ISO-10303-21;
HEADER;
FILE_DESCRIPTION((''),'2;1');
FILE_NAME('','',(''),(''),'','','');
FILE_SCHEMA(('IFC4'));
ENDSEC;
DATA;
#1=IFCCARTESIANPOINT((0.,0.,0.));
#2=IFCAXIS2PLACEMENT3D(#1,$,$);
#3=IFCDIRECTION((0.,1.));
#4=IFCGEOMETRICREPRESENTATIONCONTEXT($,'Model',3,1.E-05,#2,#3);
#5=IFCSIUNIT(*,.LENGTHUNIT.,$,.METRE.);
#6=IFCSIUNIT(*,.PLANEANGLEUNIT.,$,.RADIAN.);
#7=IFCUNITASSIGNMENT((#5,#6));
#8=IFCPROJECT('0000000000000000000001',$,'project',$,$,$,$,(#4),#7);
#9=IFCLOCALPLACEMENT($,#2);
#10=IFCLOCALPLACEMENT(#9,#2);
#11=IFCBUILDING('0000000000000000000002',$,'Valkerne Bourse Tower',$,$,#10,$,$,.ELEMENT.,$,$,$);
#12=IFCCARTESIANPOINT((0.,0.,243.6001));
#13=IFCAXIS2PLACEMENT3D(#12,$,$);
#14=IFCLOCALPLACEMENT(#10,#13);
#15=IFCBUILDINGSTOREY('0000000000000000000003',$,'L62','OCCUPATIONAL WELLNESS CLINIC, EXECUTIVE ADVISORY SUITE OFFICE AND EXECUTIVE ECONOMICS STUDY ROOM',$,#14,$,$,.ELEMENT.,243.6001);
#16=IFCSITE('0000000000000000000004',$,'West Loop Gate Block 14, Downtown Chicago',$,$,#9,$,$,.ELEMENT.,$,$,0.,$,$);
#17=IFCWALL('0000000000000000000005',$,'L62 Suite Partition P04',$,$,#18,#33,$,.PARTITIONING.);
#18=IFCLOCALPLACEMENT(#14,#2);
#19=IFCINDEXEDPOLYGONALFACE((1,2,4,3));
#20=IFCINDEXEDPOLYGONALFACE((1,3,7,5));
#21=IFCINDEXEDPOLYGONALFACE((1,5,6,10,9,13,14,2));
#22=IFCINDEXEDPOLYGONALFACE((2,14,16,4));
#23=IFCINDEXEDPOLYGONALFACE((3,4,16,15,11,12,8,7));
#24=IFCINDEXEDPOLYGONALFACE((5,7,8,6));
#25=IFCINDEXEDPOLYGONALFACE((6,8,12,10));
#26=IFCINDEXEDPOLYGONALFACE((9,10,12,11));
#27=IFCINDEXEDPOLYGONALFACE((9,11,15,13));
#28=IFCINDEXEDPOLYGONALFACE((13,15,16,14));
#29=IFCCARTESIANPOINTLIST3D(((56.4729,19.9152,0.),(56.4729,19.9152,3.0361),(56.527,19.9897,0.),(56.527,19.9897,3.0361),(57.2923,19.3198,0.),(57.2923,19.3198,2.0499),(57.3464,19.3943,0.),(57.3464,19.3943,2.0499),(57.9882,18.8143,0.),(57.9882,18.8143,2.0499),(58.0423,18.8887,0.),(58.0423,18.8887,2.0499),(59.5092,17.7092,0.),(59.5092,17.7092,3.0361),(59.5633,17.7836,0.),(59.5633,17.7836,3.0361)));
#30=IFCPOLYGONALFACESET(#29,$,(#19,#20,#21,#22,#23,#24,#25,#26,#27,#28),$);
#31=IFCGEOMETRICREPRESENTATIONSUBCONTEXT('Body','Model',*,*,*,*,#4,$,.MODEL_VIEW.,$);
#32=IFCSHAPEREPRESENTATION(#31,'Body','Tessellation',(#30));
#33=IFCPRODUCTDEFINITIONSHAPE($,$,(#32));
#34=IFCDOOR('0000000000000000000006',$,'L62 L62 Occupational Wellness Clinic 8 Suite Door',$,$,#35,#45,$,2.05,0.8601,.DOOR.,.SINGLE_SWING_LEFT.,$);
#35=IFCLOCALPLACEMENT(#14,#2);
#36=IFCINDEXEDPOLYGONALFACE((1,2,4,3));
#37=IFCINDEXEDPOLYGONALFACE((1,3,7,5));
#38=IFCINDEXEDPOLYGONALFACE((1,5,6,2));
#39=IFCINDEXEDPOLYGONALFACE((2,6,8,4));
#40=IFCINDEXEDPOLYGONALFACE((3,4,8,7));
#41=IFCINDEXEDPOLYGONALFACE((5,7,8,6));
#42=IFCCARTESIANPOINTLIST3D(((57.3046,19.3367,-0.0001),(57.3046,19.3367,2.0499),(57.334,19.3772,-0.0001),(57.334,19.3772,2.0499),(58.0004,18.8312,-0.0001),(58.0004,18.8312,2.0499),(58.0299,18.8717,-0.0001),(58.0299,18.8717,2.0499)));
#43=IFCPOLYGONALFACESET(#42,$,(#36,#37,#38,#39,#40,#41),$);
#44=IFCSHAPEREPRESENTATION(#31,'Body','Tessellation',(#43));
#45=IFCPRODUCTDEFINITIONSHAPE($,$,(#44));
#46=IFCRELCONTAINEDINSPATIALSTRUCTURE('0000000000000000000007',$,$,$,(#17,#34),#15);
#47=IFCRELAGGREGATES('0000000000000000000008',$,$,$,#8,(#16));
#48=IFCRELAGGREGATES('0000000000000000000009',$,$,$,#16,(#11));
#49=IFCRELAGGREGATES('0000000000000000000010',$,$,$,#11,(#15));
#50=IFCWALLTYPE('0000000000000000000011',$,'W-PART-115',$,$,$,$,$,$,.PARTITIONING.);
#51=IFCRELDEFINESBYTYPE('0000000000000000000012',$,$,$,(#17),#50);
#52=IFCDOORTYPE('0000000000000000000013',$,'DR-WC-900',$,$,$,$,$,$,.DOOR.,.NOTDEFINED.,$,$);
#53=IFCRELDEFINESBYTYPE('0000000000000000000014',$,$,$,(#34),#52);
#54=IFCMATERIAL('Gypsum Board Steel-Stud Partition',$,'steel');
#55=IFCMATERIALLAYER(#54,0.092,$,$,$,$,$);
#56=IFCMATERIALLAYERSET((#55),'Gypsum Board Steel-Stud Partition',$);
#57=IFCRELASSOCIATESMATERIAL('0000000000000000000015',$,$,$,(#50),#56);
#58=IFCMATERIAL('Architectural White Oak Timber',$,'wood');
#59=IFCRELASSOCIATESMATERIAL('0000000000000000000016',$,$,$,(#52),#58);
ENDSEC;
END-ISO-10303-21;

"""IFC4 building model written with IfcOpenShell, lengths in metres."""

from ifc_helpers import new_model, si_unit, direction, frame, frame_2d, origin, place, context, subcontext, project, spatial, rectangle, extrude, material, layer, layer_set, type_object, element, fill, save


model = new_model("IFC4")

# Units and contexts
model_context = context("Model", 3, precision=1e-05, world=origin(), true_north=direction((0.0, 1.0)))
body_context = subcontext(model_context, "Body", "Model", "MODEL_VIEW")
ifc_project = project(units=[si_unit("LENGTHUNIT", "METRE"), si_unit("PLANEANGLEUNIT", "RADIAN")], contexts=[model_context])

# Site, building, storey
site_placement = place(None, origin())
site = spatial("IfcSite", under=ifc_project, at=site_placement, Name="West Loop Gate Block 14, Downtown Chicago", CompositionType="ELEMENT", RefElevation=0.0)
building_placement = place(site_placement, origin())
building = spatial("IfcBuilding", under=site, at=building_placement, Name="Valkerne Bourse Tower", CompositionType="ELEMENT")
storey_placement = place(building_placement, frame((0.0, 0.0, 243.6001)))
storey = spatial("IfcBuildingStorey", under=building, at=storey_placement, Name="L62", Description="OCCUPATIONAL WELLNESS CLINIC, EXECUTIVE ADVISORY SUITE OFFICE AND EXECUTIVE ECONOMICS STUDY ROOM", CompositionType="ELEMENT", Elevation=243.6001)

# Wall, opening, door
ifc_material_1 = material(Name="Gypsum Board Steel-Stud Partition", Category="steel")
ifc_layer_1 = layer(ifc_material_1, 0.092)
ifc_layer_set_1 = layer_set([ifc_layer_1], Name="Gypsum Board Steel-Stud Partition")
wall_type = type_object("IfcWallType", Name="W-PART-115", PredefinedType="PARTITIONING", material=ifc_layer_set_1)
wall_placement = place(storey_placement, frame((56.5, 19.9524, 0.0), z_axis=(0.0, 0.0, 1.0), x_axis=(0.809017, -0.587785, 0.0)))
wall = element("IfcWall", 1, at=wall_placement, inside=storey, type_object=wall_type, Name="L62 Suite Partition P04", PredefinedType="PARTITIONING", context=body_context, shape_type="SweptSolid", body=[
    extrude(rectangle(XDim=3.7532, YDim=0.092, at=frame_2d((1.8765, 0.0))), origin(), (0.0, 0.0, 1.0), 3.0361),
])
opening_placement = place(wall_placement, frame((1.0127, 0.0, 0.0)))
opening = element("IfcOpeningElement", 2, at=opening_placement, cuts=wall, PredefinedType="OPENING", context=body_context, shape_type="SweptSolid", body=[
    extrude(rectangle(XDim=0.8601, YDim=2.05, at=frame_2d((0.4302, 1.0249))), frame((0.0, 0.0559, 0.0), z_axis=(0.0, -1.0, 0.0), x_axis=(1.0, 0.0, 0.0)), (0.0, 0.0, 1.0), 0.1121),
])
ifc_material_2 = material(Name="Architectural White Oak Timber", Category="wood")
door_type = type_object("IfcDoorType", Name="DR-WC-900", OperationType="NOTDEFINED", PredefinedType="DOOR", material=ifc_material_2)
door_placement = place(opening_placement, origin())
door = element("IfcDoor", 3, at=door_placement, inside=storey, type_object=door_type, Name="L62 L62 Occupational Wellness Clinic 8 Suite Door", OperationType="SINGLE_SWING_LEFT", OverallHeight=2.05, OverallWidth=0.8601, PredefinedType="DOOR", context=body_context, shape_type="SweptSolid", body=[
    extrude(rectangle(XDim=0.8601, YDim=2.05, at=frame_2d((0.4302, 1.0249))), frame((0.0, 0.0249, 0.0), z_axis=(0.0, -1.0, 0.0), x_axis=(1.0, 0.0, 0.0)), (0.0, 0.0, 1.0), 0.05),
])
fill(opening, door)

save(model, "model.ifc")
